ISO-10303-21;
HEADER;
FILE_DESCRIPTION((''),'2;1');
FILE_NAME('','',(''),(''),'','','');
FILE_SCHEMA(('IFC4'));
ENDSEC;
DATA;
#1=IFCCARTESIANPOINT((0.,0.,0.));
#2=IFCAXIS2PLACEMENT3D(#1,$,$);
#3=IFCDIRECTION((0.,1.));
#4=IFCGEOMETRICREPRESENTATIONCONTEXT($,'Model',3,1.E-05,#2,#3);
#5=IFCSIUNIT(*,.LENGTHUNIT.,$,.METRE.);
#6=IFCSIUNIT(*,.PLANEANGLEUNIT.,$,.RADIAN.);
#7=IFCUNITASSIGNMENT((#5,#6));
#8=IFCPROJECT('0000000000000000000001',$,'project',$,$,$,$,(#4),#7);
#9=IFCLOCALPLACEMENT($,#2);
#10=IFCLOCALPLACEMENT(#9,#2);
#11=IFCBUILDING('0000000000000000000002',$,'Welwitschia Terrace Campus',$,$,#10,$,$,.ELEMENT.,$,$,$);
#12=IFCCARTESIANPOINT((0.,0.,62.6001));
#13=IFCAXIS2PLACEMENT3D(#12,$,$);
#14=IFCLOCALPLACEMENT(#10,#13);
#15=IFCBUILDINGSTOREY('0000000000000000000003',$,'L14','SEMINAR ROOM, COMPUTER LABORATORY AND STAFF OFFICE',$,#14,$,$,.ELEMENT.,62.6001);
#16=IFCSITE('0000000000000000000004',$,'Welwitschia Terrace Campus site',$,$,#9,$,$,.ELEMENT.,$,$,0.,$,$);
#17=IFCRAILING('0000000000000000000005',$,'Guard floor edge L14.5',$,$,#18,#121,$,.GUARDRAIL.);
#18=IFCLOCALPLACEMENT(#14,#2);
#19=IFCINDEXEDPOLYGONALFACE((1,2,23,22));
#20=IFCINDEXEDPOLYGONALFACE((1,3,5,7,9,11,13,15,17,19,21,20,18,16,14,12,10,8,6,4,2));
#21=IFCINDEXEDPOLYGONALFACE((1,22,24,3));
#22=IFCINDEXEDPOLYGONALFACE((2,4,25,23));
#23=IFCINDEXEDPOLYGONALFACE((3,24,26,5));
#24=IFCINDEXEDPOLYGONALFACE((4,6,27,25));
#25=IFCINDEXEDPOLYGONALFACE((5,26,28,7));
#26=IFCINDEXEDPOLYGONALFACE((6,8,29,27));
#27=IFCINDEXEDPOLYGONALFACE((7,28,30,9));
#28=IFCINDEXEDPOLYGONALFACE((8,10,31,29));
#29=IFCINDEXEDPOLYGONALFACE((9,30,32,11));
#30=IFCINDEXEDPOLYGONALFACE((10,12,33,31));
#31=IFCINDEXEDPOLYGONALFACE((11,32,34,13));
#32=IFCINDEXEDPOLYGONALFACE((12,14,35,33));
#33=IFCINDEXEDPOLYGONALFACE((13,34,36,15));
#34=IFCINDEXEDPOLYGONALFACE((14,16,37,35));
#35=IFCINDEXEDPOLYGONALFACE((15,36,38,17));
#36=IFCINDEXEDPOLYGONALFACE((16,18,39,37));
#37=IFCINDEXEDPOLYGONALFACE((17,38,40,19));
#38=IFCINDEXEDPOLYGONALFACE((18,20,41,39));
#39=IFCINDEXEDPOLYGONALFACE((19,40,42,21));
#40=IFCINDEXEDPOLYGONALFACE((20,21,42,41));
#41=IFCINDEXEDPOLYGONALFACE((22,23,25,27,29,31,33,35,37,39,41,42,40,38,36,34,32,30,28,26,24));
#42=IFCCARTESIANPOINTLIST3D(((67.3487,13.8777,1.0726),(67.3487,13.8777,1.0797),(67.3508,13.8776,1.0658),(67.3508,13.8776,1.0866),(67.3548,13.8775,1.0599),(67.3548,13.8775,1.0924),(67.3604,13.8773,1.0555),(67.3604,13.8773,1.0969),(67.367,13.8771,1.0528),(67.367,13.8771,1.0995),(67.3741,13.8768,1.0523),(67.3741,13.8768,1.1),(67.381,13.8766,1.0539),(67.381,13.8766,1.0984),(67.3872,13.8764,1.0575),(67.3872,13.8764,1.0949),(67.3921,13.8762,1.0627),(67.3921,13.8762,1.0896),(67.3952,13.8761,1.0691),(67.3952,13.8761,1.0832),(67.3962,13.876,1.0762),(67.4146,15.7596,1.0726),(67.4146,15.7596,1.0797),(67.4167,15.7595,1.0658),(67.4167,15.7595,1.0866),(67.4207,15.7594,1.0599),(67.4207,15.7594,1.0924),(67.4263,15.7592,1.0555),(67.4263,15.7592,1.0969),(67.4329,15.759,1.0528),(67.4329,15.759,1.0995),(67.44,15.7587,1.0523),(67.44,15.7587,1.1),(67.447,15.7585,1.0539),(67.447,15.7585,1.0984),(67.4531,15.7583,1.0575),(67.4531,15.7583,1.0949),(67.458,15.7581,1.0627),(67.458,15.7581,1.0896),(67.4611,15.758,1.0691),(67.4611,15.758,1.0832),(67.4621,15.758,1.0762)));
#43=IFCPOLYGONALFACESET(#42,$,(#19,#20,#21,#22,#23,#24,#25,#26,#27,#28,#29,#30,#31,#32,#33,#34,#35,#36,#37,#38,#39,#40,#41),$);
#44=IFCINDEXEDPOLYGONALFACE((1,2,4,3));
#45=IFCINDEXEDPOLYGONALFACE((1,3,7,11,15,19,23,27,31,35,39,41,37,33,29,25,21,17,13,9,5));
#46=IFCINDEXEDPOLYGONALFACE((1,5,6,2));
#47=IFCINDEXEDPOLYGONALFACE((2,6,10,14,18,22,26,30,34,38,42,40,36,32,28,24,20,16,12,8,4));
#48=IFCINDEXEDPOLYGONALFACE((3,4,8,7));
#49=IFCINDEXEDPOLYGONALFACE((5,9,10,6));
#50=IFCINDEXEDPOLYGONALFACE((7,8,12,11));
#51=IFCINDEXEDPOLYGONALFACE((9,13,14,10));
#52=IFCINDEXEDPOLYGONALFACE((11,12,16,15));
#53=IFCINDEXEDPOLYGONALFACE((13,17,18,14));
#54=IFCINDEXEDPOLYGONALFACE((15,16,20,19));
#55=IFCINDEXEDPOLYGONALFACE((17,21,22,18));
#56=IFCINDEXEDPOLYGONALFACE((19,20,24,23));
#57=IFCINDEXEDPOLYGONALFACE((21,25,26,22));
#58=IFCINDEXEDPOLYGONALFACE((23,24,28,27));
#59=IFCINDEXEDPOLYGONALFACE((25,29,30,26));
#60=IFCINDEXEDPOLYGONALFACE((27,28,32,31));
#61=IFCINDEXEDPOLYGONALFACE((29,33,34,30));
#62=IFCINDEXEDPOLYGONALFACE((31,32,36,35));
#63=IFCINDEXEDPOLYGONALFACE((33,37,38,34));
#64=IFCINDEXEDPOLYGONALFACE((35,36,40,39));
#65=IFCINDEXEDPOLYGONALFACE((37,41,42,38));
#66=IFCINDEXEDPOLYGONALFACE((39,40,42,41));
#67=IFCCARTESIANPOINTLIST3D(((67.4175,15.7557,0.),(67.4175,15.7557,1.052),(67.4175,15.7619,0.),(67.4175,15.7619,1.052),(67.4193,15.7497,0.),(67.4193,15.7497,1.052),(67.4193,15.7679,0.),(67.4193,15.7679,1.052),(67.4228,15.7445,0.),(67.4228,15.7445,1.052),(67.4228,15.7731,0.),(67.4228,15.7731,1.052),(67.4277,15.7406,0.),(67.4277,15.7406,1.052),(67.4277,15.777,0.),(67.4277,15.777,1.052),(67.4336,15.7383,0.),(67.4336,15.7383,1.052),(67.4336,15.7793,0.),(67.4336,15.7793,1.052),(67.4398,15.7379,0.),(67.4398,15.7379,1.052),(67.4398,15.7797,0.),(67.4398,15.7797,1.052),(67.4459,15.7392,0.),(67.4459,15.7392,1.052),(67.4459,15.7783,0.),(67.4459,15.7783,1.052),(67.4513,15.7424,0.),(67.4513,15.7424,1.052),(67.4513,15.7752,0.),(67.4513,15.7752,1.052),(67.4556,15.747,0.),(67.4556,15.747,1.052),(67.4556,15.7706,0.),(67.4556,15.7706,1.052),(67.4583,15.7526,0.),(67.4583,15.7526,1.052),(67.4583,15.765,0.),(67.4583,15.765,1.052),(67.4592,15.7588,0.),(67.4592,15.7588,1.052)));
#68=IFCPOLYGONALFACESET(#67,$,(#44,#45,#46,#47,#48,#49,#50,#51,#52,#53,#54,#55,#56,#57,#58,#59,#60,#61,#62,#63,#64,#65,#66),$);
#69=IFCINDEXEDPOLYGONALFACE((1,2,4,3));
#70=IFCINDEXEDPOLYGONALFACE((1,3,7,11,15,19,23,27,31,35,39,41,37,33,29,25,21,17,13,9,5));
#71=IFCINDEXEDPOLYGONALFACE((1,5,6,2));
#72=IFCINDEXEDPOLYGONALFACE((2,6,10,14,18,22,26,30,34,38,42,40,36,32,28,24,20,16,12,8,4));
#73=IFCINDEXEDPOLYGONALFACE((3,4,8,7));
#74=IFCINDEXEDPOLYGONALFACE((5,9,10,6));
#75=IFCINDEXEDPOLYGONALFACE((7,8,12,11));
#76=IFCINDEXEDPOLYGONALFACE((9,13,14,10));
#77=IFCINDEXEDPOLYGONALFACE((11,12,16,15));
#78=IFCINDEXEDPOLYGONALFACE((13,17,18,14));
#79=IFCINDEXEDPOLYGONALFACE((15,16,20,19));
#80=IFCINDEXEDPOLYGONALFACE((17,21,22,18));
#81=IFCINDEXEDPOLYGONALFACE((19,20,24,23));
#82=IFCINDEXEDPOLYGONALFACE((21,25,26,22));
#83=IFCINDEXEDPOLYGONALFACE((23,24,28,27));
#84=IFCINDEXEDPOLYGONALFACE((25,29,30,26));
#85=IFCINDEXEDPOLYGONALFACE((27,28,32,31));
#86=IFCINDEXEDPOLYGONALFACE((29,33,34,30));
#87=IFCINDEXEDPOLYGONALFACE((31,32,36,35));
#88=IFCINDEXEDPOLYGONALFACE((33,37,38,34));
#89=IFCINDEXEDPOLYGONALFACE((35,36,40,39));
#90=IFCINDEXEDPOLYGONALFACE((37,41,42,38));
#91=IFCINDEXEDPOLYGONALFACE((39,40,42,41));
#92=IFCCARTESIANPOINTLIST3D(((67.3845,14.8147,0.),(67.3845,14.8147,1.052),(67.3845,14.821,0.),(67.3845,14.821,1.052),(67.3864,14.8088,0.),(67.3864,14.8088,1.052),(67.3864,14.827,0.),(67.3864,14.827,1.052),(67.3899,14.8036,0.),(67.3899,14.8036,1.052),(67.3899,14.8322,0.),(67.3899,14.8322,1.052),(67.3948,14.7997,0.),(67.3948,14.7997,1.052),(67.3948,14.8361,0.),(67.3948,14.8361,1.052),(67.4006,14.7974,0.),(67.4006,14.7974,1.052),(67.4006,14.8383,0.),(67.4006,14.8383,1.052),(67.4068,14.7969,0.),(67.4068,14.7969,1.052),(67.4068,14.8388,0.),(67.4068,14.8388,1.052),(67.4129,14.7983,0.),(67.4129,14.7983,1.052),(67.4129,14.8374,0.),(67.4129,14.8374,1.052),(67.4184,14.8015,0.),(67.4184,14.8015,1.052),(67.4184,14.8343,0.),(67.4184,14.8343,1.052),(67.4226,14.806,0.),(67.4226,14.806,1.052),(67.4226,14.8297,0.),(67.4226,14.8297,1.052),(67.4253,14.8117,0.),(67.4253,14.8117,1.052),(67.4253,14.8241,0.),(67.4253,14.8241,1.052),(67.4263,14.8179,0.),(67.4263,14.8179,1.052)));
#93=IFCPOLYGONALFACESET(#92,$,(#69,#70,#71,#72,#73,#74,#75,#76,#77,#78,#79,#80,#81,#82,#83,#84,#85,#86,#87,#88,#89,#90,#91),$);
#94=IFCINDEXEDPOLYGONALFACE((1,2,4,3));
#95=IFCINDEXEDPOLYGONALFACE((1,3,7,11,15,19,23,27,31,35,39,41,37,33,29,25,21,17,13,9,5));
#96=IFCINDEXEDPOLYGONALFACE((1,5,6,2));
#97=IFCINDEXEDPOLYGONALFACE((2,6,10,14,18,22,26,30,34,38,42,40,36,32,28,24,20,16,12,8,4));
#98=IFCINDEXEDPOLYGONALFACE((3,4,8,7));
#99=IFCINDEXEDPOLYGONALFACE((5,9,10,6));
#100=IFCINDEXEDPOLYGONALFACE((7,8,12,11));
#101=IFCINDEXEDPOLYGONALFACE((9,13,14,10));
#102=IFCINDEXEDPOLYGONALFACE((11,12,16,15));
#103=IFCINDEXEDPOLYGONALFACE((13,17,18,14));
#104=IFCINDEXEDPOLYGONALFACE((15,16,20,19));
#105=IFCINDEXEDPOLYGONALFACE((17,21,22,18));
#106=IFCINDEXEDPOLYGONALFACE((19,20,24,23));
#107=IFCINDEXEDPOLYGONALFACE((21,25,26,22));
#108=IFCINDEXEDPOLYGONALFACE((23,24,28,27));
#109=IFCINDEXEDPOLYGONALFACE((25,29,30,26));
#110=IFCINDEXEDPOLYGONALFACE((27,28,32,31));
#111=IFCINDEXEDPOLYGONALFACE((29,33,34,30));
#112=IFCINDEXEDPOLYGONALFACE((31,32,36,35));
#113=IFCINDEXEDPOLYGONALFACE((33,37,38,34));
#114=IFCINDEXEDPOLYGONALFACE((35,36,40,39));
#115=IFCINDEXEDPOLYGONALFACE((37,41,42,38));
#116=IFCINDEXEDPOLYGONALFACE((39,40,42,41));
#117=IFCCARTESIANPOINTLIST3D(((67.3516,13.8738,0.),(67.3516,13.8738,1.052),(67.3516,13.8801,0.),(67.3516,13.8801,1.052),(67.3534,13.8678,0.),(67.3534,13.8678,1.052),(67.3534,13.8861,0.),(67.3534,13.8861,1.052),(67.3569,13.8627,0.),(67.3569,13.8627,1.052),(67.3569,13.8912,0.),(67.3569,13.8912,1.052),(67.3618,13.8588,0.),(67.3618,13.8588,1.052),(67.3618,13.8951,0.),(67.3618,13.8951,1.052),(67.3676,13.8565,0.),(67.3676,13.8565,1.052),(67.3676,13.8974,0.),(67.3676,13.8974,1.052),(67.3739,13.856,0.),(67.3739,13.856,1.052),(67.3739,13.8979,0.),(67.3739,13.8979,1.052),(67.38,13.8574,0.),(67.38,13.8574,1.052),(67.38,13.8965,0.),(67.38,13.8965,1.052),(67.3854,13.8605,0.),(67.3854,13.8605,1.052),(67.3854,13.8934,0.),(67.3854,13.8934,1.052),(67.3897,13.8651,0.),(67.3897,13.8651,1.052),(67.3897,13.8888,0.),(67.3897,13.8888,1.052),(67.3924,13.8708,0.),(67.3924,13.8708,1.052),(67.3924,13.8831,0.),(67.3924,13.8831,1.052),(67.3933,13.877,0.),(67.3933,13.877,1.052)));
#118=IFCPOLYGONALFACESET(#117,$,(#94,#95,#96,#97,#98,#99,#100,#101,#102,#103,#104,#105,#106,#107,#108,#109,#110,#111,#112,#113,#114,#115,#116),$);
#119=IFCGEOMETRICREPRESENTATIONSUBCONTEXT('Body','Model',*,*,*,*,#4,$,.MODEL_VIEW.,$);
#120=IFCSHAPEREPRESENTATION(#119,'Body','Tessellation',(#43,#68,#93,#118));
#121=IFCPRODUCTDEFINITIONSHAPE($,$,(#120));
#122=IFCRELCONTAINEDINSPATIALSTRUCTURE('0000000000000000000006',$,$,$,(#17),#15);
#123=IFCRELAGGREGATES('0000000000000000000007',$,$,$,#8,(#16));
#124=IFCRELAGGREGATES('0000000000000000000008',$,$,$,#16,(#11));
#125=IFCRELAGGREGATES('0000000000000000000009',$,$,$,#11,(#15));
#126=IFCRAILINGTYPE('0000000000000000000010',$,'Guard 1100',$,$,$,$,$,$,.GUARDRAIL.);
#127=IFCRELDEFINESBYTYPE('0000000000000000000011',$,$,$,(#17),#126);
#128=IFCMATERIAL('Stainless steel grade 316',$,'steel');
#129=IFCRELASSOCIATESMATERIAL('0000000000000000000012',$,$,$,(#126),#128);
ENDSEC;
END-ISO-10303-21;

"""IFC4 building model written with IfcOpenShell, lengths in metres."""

from ifc_helpers import new_model, si_unit, direction, frame, origin, origin_2d, place, context, subcontext, project, spatial, circle, extrude, material, type_object, element, save


model = new_model("IFC4")

# Units and contexts
model_context = context("Model", 3, precision=1e-05, world=origin(), true_north=direction((0.0, 1.0)))
body_context = subcontext(model_context, "Body", "Model", "MODEL_VIEW")
ifc_project = project(units=[si_unit("LENGTHUNIT", "METRE"), si_unit("PLANEANGLEUNIT", "RADIAN")], contexts=[model_context])

# Site, building, storey
site_placement = place(None, origin())
site = spatial("IfcSite", under=ifc_project, at=site_placement, Name="Welwitschia Terrace Campus site", CompositionType="ELEMENT", RefElevation=0.0)
building_placement = place(site_placement, origin())
building = spatial("IfcBuilding", under=site, at=building_placement, Name="Welwitschia Terrace Campus", CompositionType="ELEMENT")
storey_placement = place(building_placement, frame((0.0, 0.0, 62.6001)))
storey = spatial("IfcBuildingStorey", under=building, at=storey_placement, Name="L14", Description="SEMINAR ROOM, COMPUTER LABORATORY AND STAFF OFFICE", CompositionType="ELEMENT", Elevation=62.6001)

# Railing
ifc_material_1 = material(Name="Stainless steel grade 316", Category="steel")
railing_type = type_object("IfcRailingType", Name="Guard 1100", PredefinedType="GUARDRAIL", material=ifc_material_1)
railing_1_placement = place(storey_placement, frame((67.4382, 15.7588, 0.0)))
element("IfcRailing", 1, at=railing_1_placement, inside=storey, type_object=railing_type, Name="Guard floor edge L14.5", PredefinedType="GUARDRAIL", context=body_context, shape_type="SweptSolid", body=[
    extrude(circle(Radius=0.0239, at=origin_2d()), frame((0.0, 0.0, 1.0762), z_axis=(-0.035007, -0.999387, 0.0), x_axis=(0.999387, -0.035007, 0.0)), (0.0, 0.0, 1.0), 1.8831),
    extrude(circle(Radius=0.021, at=origin_2d()), origin(), (0.0, 0.0, 1.0), 1.052),
    extrude(circle(Radius=0.021, at=origin_2d()), frame((-0.033, -0.9409, 0.0)), (0.0, 0.0, 1.0), 1.052),
    extrude(circle(Radius=0.021, at=origin_2d()), frame((-0.0659, -1.8818, 0.0)), (0.0, 0.0, 1.0), 1.052),
])

save(model, "model.ifc")
